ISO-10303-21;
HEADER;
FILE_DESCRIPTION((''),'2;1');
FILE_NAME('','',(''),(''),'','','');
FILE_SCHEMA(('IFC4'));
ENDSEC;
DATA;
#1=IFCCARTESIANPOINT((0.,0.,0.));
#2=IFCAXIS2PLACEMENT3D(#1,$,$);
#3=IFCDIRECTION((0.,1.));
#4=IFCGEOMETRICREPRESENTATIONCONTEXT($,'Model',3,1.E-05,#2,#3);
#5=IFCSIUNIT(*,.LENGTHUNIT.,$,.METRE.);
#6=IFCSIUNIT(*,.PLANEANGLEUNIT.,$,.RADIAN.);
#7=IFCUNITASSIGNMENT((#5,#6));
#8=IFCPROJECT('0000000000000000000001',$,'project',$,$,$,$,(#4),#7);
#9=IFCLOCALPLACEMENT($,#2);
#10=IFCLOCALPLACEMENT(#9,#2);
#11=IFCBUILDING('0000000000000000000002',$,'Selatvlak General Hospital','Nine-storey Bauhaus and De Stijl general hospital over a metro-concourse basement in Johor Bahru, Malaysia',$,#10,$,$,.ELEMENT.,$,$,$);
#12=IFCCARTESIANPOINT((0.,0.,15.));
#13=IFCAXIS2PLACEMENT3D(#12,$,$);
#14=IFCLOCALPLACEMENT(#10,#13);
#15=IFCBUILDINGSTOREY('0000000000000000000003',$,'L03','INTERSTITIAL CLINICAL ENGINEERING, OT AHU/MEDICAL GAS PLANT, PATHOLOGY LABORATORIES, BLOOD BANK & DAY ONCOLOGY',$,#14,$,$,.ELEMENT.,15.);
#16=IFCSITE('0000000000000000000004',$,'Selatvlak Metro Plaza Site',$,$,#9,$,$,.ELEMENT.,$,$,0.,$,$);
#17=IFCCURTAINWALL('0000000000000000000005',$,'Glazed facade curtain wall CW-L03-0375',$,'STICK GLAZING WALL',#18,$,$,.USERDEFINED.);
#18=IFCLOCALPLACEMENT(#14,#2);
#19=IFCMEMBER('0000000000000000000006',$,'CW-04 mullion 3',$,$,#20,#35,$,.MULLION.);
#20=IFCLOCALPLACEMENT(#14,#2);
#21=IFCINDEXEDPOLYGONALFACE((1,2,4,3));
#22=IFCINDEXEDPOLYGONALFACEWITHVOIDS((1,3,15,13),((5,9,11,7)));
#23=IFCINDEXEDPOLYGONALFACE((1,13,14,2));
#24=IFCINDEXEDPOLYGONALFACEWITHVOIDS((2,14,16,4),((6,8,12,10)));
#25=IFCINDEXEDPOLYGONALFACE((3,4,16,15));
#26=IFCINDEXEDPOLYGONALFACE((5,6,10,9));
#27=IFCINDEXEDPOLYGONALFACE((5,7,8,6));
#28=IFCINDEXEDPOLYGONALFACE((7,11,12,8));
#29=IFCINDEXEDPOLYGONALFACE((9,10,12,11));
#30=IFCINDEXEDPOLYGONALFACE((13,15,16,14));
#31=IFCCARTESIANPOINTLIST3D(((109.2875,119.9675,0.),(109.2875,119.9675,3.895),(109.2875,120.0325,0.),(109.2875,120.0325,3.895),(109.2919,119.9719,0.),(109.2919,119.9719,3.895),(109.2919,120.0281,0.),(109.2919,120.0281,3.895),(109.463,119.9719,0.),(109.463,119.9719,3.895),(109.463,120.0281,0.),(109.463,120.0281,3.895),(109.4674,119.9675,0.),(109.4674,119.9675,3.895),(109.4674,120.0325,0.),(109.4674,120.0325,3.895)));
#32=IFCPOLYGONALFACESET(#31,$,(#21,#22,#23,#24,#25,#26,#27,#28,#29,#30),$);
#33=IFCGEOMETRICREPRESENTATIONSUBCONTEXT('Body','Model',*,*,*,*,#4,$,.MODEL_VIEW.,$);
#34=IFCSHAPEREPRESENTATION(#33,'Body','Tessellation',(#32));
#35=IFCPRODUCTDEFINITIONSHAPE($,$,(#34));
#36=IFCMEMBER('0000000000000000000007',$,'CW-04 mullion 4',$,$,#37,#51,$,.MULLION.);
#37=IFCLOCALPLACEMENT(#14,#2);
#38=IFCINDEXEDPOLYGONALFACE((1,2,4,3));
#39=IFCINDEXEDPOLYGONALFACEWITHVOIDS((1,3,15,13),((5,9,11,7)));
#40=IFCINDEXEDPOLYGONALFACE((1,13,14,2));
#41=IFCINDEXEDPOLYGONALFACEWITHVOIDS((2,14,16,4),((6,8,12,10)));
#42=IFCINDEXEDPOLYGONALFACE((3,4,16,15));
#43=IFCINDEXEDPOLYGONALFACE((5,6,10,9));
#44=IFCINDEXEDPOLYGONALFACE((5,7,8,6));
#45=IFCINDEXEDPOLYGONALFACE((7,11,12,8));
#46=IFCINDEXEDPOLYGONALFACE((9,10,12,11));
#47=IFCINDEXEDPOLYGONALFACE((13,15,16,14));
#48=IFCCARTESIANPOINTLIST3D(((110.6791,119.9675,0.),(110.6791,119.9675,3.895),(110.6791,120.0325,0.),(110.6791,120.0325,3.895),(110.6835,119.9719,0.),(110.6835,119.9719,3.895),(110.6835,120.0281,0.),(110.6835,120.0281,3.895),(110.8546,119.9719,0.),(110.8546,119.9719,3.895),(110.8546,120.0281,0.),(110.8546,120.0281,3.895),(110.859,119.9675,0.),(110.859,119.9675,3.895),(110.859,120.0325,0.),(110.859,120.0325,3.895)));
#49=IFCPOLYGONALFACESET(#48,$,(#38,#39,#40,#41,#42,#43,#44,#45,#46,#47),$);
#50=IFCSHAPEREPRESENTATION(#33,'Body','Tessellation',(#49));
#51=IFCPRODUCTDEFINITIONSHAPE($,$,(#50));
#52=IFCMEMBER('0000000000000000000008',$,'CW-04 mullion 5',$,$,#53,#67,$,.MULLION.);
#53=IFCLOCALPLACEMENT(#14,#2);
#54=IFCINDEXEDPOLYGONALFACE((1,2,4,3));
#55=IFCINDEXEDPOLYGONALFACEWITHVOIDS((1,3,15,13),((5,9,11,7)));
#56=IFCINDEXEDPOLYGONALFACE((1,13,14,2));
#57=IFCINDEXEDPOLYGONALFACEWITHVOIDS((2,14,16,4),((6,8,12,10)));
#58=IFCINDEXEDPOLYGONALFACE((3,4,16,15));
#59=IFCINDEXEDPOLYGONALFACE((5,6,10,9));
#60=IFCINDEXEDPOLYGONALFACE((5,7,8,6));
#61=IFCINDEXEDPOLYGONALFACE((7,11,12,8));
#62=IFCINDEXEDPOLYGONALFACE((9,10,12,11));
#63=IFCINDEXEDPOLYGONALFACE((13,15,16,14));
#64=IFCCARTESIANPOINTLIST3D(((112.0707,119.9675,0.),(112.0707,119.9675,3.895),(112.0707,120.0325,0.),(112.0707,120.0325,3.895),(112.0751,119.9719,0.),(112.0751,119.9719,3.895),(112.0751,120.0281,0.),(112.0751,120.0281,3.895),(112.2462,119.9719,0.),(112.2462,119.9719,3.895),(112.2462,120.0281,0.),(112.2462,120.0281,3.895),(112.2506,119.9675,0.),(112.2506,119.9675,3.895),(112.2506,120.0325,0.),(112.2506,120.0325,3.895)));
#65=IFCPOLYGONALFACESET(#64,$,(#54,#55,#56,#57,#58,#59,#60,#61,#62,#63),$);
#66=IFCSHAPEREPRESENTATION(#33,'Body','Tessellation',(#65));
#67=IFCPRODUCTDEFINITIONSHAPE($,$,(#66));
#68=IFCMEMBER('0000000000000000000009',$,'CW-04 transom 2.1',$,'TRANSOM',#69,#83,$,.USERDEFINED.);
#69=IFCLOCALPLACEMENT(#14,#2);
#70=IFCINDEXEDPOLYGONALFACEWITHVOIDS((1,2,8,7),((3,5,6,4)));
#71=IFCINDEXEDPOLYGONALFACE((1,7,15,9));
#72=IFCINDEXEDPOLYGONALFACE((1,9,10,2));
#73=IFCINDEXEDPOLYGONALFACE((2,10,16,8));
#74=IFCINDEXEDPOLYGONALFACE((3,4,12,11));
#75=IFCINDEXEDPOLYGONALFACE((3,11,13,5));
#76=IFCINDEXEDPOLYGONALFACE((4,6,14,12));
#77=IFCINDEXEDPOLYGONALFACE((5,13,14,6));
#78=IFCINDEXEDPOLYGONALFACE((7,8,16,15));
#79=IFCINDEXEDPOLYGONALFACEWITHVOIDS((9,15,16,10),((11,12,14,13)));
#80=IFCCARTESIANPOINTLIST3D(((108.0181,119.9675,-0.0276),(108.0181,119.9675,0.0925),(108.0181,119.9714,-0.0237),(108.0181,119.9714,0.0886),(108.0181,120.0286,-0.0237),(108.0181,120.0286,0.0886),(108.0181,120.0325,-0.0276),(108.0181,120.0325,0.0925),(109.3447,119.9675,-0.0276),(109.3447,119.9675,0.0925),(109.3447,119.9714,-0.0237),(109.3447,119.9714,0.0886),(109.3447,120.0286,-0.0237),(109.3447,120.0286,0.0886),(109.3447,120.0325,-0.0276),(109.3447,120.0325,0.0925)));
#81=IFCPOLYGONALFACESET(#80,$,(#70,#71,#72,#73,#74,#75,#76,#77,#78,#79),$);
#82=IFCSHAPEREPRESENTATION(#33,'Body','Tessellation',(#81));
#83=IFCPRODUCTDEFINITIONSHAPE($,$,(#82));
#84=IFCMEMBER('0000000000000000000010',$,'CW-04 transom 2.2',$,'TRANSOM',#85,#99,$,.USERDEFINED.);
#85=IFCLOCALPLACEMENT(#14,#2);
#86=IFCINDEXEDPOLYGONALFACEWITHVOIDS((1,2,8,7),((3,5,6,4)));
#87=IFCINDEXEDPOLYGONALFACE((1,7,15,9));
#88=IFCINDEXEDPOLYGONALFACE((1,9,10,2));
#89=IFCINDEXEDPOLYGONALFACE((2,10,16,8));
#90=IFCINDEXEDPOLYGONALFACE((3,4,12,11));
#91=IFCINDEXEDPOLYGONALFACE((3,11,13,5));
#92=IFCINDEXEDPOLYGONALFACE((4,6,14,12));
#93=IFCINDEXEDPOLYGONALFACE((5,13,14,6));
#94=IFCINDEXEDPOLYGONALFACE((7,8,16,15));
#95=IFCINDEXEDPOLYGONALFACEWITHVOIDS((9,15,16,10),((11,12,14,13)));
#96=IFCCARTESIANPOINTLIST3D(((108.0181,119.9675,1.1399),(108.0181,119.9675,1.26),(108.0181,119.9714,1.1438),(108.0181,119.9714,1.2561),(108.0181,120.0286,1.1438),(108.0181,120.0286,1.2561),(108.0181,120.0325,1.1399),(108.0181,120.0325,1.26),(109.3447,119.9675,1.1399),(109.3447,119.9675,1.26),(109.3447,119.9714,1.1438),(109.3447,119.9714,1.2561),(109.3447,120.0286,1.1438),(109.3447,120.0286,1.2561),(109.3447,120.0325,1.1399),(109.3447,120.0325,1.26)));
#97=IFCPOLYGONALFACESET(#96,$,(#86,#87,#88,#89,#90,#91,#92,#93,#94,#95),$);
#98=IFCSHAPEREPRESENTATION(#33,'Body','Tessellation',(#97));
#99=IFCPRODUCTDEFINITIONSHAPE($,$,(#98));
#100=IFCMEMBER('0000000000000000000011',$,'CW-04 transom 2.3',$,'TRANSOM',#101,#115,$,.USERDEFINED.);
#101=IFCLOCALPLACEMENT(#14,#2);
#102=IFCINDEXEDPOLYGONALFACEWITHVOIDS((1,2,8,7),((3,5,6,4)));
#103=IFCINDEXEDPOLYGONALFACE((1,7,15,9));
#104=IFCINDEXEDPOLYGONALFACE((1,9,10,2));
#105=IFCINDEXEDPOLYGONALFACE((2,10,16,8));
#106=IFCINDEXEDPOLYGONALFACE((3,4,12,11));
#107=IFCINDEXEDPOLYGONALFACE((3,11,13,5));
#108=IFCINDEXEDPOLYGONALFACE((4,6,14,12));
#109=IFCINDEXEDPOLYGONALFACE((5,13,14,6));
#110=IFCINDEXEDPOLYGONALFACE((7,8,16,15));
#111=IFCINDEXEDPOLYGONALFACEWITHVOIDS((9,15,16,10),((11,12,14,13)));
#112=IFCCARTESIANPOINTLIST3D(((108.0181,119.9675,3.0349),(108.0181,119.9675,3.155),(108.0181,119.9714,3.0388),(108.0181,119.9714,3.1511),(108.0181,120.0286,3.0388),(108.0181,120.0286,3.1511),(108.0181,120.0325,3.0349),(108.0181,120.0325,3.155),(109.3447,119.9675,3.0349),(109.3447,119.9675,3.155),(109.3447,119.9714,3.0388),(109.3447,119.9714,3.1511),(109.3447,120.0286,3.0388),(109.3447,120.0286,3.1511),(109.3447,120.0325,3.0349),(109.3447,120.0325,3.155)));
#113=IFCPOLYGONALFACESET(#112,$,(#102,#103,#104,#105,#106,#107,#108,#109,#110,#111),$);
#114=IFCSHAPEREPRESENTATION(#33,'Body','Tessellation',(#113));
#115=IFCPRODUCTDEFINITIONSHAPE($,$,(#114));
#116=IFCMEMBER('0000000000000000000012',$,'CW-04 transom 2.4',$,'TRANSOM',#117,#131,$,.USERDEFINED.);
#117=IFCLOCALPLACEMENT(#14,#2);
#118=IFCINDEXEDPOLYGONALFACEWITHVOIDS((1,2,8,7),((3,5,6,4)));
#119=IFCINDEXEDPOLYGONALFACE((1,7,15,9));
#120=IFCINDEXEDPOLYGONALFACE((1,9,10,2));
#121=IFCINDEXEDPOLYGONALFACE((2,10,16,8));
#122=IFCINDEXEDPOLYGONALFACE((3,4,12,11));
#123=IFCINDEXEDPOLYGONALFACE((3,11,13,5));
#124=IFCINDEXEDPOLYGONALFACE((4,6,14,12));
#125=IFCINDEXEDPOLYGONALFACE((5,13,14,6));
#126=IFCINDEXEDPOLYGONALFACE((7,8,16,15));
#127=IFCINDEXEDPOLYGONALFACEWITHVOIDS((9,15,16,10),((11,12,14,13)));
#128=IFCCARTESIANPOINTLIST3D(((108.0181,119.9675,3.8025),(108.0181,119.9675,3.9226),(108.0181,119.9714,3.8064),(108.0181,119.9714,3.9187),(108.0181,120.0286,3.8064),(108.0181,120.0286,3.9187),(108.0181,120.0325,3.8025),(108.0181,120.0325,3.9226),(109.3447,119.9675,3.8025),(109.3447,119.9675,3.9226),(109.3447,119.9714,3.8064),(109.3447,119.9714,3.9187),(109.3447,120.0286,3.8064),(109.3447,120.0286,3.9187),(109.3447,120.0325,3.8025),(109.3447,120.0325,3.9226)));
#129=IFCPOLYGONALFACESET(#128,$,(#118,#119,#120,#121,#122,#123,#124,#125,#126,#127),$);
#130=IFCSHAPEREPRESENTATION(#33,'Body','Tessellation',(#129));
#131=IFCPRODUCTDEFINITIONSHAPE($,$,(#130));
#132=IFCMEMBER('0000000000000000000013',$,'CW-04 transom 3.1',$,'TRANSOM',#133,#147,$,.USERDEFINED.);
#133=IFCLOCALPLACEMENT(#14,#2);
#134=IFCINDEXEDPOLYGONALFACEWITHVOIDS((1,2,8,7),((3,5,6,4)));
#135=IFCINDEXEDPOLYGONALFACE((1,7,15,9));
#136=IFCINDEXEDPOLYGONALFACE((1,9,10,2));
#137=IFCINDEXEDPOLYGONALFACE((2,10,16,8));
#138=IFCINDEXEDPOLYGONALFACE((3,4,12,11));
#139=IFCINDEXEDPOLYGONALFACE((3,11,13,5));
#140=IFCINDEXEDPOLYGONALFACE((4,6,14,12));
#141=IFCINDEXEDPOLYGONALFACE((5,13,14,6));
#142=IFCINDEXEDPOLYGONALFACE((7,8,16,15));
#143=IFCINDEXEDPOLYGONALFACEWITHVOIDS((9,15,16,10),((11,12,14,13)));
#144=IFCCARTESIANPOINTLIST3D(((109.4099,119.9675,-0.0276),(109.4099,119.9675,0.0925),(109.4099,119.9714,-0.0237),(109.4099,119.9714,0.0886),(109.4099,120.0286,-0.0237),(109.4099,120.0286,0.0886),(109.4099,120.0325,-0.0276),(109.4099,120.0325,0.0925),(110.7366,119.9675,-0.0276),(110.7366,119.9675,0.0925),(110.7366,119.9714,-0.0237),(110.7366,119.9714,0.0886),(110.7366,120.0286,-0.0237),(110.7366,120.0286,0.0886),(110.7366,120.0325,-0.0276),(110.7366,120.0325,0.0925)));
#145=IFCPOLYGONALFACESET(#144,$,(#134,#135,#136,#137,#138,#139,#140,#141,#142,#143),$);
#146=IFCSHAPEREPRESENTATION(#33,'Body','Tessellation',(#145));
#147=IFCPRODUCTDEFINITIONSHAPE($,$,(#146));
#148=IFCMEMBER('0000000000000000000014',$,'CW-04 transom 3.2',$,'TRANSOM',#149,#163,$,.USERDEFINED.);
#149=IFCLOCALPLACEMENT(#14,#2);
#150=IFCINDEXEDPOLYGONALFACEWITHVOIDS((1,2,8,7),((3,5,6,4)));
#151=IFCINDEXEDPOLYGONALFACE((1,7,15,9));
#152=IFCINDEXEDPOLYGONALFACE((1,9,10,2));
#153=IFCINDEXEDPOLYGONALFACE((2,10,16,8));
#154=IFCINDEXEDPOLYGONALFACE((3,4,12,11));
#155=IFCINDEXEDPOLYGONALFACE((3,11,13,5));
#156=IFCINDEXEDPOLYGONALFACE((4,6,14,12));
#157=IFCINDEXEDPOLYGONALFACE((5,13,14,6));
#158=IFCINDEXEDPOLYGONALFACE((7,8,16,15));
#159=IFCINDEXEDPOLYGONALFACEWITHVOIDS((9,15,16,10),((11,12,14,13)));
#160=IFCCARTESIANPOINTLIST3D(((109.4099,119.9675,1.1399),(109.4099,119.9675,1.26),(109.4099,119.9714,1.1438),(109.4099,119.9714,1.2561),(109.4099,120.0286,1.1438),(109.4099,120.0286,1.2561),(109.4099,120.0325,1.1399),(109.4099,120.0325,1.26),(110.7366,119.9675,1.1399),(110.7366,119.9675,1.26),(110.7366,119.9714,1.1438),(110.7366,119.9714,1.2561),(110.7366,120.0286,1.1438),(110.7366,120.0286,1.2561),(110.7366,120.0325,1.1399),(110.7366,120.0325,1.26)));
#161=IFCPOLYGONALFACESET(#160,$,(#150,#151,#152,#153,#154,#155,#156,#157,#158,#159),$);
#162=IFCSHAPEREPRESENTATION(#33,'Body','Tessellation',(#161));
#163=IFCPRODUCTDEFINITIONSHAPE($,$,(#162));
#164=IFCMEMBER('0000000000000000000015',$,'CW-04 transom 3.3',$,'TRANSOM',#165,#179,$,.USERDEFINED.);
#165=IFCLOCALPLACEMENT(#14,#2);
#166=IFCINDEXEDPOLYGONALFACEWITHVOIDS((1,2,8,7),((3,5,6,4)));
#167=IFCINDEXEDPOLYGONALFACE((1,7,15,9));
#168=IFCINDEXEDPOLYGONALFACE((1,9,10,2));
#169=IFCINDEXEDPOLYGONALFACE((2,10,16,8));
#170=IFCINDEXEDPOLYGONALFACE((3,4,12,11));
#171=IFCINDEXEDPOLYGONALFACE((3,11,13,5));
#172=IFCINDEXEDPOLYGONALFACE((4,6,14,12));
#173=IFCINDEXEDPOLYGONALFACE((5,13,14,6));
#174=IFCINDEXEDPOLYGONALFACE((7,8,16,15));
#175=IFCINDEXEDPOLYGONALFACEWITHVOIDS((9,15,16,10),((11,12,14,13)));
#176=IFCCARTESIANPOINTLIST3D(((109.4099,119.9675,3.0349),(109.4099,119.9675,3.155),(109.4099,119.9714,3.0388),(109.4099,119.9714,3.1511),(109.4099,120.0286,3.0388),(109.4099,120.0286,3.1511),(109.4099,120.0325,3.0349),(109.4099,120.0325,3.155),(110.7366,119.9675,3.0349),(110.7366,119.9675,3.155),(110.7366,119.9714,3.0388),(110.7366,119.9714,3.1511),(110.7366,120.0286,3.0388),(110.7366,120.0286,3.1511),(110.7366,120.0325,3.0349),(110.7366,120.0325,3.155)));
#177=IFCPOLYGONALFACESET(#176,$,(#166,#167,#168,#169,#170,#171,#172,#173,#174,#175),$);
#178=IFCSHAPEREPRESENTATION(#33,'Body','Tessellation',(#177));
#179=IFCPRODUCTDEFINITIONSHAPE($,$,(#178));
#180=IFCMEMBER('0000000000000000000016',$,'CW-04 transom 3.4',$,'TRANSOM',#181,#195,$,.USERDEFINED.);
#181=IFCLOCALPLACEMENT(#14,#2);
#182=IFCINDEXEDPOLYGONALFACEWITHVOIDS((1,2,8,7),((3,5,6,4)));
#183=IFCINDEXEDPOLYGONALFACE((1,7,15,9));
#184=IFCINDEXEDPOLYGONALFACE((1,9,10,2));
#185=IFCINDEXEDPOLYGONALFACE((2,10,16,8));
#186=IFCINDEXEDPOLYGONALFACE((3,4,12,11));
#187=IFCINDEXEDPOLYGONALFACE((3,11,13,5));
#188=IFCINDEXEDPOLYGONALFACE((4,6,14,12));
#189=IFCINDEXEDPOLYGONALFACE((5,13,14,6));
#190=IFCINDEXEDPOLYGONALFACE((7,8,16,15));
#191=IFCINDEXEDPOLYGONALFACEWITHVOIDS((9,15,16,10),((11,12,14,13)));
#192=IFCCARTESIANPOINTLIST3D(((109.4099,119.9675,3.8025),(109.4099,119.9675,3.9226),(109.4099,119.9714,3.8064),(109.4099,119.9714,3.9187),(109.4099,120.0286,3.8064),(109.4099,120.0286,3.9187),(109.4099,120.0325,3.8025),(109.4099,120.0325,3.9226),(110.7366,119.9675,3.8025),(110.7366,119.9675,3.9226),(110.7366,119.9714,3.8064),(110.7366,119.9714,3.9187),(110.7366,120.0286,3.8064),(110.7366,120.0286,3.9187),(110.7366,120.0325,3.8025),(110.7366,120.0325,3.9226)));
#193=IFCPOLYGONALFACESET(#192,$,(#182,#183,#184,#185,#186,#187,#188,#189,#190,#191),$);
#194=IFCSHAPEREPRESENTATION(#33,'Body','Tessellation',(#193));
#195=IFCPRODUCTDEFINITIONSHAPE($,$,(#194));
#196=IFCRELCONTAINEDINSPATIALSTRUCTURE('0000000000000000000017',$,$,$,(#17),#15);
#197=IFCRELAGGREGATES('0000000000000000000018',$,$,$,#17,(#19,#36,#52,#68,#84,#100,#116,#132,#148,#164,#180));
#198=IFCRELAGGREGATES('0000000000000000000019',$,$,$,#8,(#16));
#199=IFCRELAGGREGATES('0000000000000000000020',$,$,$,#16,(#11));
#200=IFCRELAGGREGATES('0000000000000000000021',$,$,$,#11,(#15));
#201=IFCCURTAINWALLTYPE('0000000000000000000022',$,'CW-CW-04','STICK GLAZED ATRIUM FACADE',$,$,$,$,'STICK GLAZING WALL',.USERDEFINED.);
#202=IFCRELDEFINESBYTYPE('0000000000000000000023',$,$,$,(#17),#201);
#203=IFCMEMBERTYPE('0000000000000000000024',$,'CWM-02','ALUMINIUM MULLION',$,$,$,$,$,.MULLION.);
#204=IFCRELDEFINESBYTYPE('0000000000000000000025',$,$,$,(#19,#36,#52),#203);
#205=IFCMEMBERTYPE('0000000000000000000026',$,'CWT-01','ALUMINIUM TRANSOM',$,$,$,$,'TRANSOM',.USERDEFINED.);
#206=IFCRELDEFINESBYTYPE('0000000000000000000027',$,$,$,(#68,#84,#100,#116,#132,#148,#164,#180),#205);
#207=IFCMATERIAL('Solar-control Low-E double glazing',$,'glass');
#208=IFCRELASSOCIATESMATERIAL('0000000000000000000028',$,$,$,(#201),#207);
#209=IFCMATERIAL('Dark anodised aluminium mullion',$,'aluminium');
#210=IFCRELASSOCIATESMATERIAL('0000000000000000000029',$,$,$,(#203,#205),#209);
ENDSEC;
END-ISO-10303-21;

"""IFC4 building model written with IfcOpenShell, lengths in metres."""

from ifc_helpers import new_model, si_unit, direction, frame, origin, origin_2d, place, context, subcontext, project, spatial, hollow_rectangle, extrude, material, material_profile, profile_set, type_object, element, aggregate, save


model = new_model("IFC4")

# Units and contexts
model_context = context("Model", 3, precision=1e-05, world=origin(), true_north=direction((0.0, 1.0)))
body_context = subcontext(model_context, "Body", "Model", "MODEL_VIEW")
ifc_project = project(units=[si_unit("LENGTHUNIT", "METRE"), si_unit("PLANEANGLEUNIT", "RADIAN")], contexts=[model_context])

# Site, building, storey
site_placement = place(None, origin())
site = spatial("IfcSite", under=ifc_project, at=site_placement, Name="Selatvlak Metro Plaza Site", CompositionType="ELEMENT", RefElevation=0.0)
building_placement = place(site_placement, origin())
building = spatial("IfcBuilding", under=site, at=building_placement, Name="Selatvlak General Hospital", Description="Nine-storey Bauhaus and De Stijl general hospital over a metro-concourse basement in Johor Bahru, Malaysia", CompositionType="ELEMENT")
storey_placement = place(building_placement, frame((0.0, 0.0, 15.0)))
storey = spatial("IfcBuildingStorey", under=building, at=storey_placement, Name="L03", Description="INTERSTITIAL CLINICAL ENGINEERING, OT AHU/MEDICAL GAS PLANT, PATHOLOGY LABORATORIES, BLOOD BANK & DAY ONCOLOGY", CompositionType="ELEMENT", Elevation=15.0)

# Curtain wall, members
ifc_material_1 = material(Name="Solar-control Low-E double glazing", Category="glass")
curtain_wall_type = type_object("IfcCurtainWallType", Name="CW-CW-04", Description="STICK GLAZED ATRIUM FACADE", ElementType="STICK GLAZING WALL", PredefinedType="USERDEFINED", material=ifc_material_1)
curtain_wall_placement = place(storey_placement, origin())
curtain_wall = element("IfcCurtainWall", 1, at=curtain_wall_placement, inside=storey, type_object=curtain_wall_type, Name="Glazed facade curtain wall CW-L03-0375", ObjectType="STICK GLAZING WALL", PredefinedType="USERDEFINED")
ifc_material_2 = material(Name="Dark anodised aluminium mullion", Category="aluminium")
ifc_material_profile_1 = material_profile(ifc_material_2, hollow_rectangle(XDim=0.0649, YDim=0.1799, WallThickness=0.0044, at=origin_2d()), Name="AL-MUL 65x180x4.5")
ifc_profile_set_1 = profile_set([ifc_material_profile_1], Name="Dark anodised aluminium mullion")
member_type_1 = type_object("IfcMemberType", Name="CWM-02", Description="ALUMINIUM MULLION", PredefinedType="MULLION", material=ifc_profile_set_1)
member_1_placement = place(storey_placement, frame((109.3774, 120.0, 0.0), z_axis=(0.0, 0.0, 1.0), x_axis=(0.0, 1.0, 0.0)))
member_1 = element("IfcMember", 2, at=member_1_placement, type_object=member_type_1, Name="CW-04 mullion 3", PredefinedType="MULLION", context=body_context, shape_type="SweptSolid", body=[
    extrude(hollow_rectangle(XDim=0.0649, YDim=0.1799, WallThickness=0.0044, at=origin_2d()), origin(), (0.0, 0.0, 1.0), 3.895),
])
member_2_placement = place(storey_placement, frame((110.769, 120.0, 0.0), z_axis=(0.0, 0.0, 1.0), x_axis=(0.0, 1.0, 0.0)))
member_2 = element("IfcMember", 3, at=member_2_placement, type_object=member_type_1, Name="CW-04 mullion 4", PredefinedType="MULLION", context=body_context, shape_type="SweptSolid", body=[
    extrude(hollow_rectangle(XDim=0.0649, YDim=0.1799, WallThickness=0.0044, at=origin_2d()), origin(), (0.0, 0.0, 1.0), 3.895),
])
member_3_placement = place(storey_placement, frame((112.1606, 120.0, 0.0), z_axis=(0.0, 0.0, 1.0), x_axis=(0.0, 1.0, 0.0)))
member_3 = element("IfcMember", 4, at=member_3_placement, type_object=member_type_1, Name="CW-04 mullion 5", PredefinedType="MULLION", context=body_context, shape_type="SweptSolid", body=[
    extrude(hollow_rectangle(XDim=0.0649, YDim=0.1799, WallThickness=0.0044, at=origin_2d()), origin(), (0.0, 0.0, 1.0), 3.895),
])
ifc_material_profile_2 = material_profile(ifc_material_2, hollow_rectangle(XDim=0.0649, YDim=0.1201, WallThickness=0.0039, at=origin_2d()), Name="AL-TRN 65x120x4")
ifc_profile_set_2 = profile_set([ifc_material_profile_2], Name="Dark anodised aluminium mullion")
member_type_2 = type_object("IfcMemberType", Name="CWT-01", Description="ALUMINIUM TRANSOM", ElementType="TRANSOM", PredefinedType="USERDEFINED", material=ifc_profile_set_2)
member_4_placement = place(storey_placement, frame((108.0181, 120.0, 0.0325), z_axis=(1.0, 0.0, 0.0), x_axis=(0.0, 1.0, 0.0)))
member_4 = element("IfcMember", 5, at=member_4_placement, type_object=member_type_2, Name="CW-04 transom 2.1", ObjectType="TRANSOM", PredefinedType="USERDEFINED", context=body_context, shape_type="SweptSolid", body=[
    extrude(hollow_rectangle(XDim=0.0649, YDim=0.1201, WallThickness=0.0039, at=origin_2d()), origin(), (0.0, 0.0, 1.0), 1.3267),
])
member_5_placement = place(storey_placement, frame((108.0181, 120.0, 1.2), z_axis=(1.0, 0.0, 0.0), x_axis=(0.0, 1.0, 0.0)))
member_5 = element("IfcMember", 6, at=member_5_placement, type_object=member_type_2, Name="CW-04 transom 2.2", ObjectType="TRANSOM", PredefinedType="USERDEFINED", context=body_context, shape_type="SweptSolid", body=[
    extrude(hollow_rectangle(XDim=0.0649, YDim=0.1201, WallThickness=0.0039, at=origin_2d()), origin(), (0.0, 0.0, 1.0), 1.3267),
])
member_6_placement = place(storey_placement, frame((108.0181, 120.0, 3.095), z_axis=(1.0, 0.0, 0.0), x_axis=(0.0, 1.0, 0.0)))
member_6 = element("IfcMember", 7, at=member_6_placement, type_object=member_type_2, Name="CW-04 transom 2.3", ObjectType="TRANSOM", PredefinedType="USERDEFINED", context=body_context, shape_type="SweptSolid", body=[
    extrude(hollow_rectangle(XDim=0.0649, YDim=0.1201, WallThickness=0.0039, at=origin_2d()), origin(), (0.0, 0.0, 1.0), 1.3267),
])
member_7_placement = place(storey_placement, frame((108.0181, 120.0, 3.8625), z_axis=(1.0, 0.0, 0.0), x_axis=(0.0, 1.0, 0.0)))
member_7 = element("IfcMember", 8, at=member_7_placement, type_object=member_type_2, Name="CW-04 transom 2.4", ObjectType="TRANSOM", PredefinedType="USERDEFINED", context=body_context, shape_type="SweptSolid", body=[
    extrude(hollow_rectangle(XDim=0.0649, YDim=0.1201, WallThickness=0.0039, at=origin_2d()), origin(), (0.0, 0.0, 1.0), 1.3267),
])
member_8_placement = place(storey_placement, frame((109.4099, 120.0, 0.0325), z_axis=(1.0, 0.0, 0.0), x_axis=(0.0, 1.0, 0.0)))
member_8 = element("IfcMember", 9, at=member_8_placement, type_object=member_type_2, Name="CW-04 transom 3.1", ObjectType="TRANSOM", PredefinedType="USERDEFINED", context=body_context, shape_type="SweptSolid", body=[
    extrude(hollow_rectangle(XDim=0.0649, YDim=0.1201, WallThickness=0.0039, at=origin_2d()), origin(), (0.0, 0.0, 1.0), 1.3267),
])
member_9_placement = place(storey_placement, frame((109.4099, 120.0, 1.2), z_axis=(1.0, 0.0, 0.0), x_axis=(0.0, 1.0, 0.0)))
member_9 = element("IfcMember", 10, at=member_9_placement, type_object=member_type_2, Name="CW-04 transom 3.2", ObjectType="TRANSOM", PredefinedType="USERDEFINED", context=body_context, shape_type="SweptSolid", body=[
    extrude(hollow_rectangle(XDim=0.0649, YDim=0.1201, WallThickness=0.0039, at=origin_2d()), origin(), (0.0, 0.0, 1.0), 1.3267),
])
member_10_placement = place(storey_placement, frame((109.4099, 120.0, 3.095), z_axis=(1.0, 0.0, 0.0), x_axis=(0.0, 1.0, 0.0)))
member_10 = element("IfcMember", 11, at=member_10_placement, type_object=member_type_2, Name="CW-04 transom 3.3", ObjectType="TRANSOM", PredefinedType="USERDEFINED", context=body_context, shape_type="SweptSolid", body=[
    extrude(hollow_rectangle(XDim=0.0649, YDim=0.1201, WallThickness=0.0039, at=origin_2d()), origin(), (0.0, 0.0, 1.0), 1.3267),
])
member_11_placement = place(storey_placement, frame((109.4099, 120.0, 3.8625), z_axis=(1.0, 0.0, 0.0), x_axis=(0.0, 1.0, 0.0)))
member_11 = element("IfcMember", 12, at=member_11_placement, type_object=member_type_2, Name="CW-04 transom 3.4", ObjectType="TRANSOM", PredefinedType="USERDEFINED", context=body_context, shape_type="SweptSolid", body=[
    extrude(hollow_rectangle(XDim=0.0649, YDim=0.1201, WallThickness=0.0039, at=origin_2d()), origin(), (0.0, 0.0, 1.0), 1.3267),
])
aggregate(curtain_wall, [member_1, member_2, member_3, member_4, member_5, member_6, member_7, member_8, member_9, member_10, member_11])

save(model, "model.ifc")
